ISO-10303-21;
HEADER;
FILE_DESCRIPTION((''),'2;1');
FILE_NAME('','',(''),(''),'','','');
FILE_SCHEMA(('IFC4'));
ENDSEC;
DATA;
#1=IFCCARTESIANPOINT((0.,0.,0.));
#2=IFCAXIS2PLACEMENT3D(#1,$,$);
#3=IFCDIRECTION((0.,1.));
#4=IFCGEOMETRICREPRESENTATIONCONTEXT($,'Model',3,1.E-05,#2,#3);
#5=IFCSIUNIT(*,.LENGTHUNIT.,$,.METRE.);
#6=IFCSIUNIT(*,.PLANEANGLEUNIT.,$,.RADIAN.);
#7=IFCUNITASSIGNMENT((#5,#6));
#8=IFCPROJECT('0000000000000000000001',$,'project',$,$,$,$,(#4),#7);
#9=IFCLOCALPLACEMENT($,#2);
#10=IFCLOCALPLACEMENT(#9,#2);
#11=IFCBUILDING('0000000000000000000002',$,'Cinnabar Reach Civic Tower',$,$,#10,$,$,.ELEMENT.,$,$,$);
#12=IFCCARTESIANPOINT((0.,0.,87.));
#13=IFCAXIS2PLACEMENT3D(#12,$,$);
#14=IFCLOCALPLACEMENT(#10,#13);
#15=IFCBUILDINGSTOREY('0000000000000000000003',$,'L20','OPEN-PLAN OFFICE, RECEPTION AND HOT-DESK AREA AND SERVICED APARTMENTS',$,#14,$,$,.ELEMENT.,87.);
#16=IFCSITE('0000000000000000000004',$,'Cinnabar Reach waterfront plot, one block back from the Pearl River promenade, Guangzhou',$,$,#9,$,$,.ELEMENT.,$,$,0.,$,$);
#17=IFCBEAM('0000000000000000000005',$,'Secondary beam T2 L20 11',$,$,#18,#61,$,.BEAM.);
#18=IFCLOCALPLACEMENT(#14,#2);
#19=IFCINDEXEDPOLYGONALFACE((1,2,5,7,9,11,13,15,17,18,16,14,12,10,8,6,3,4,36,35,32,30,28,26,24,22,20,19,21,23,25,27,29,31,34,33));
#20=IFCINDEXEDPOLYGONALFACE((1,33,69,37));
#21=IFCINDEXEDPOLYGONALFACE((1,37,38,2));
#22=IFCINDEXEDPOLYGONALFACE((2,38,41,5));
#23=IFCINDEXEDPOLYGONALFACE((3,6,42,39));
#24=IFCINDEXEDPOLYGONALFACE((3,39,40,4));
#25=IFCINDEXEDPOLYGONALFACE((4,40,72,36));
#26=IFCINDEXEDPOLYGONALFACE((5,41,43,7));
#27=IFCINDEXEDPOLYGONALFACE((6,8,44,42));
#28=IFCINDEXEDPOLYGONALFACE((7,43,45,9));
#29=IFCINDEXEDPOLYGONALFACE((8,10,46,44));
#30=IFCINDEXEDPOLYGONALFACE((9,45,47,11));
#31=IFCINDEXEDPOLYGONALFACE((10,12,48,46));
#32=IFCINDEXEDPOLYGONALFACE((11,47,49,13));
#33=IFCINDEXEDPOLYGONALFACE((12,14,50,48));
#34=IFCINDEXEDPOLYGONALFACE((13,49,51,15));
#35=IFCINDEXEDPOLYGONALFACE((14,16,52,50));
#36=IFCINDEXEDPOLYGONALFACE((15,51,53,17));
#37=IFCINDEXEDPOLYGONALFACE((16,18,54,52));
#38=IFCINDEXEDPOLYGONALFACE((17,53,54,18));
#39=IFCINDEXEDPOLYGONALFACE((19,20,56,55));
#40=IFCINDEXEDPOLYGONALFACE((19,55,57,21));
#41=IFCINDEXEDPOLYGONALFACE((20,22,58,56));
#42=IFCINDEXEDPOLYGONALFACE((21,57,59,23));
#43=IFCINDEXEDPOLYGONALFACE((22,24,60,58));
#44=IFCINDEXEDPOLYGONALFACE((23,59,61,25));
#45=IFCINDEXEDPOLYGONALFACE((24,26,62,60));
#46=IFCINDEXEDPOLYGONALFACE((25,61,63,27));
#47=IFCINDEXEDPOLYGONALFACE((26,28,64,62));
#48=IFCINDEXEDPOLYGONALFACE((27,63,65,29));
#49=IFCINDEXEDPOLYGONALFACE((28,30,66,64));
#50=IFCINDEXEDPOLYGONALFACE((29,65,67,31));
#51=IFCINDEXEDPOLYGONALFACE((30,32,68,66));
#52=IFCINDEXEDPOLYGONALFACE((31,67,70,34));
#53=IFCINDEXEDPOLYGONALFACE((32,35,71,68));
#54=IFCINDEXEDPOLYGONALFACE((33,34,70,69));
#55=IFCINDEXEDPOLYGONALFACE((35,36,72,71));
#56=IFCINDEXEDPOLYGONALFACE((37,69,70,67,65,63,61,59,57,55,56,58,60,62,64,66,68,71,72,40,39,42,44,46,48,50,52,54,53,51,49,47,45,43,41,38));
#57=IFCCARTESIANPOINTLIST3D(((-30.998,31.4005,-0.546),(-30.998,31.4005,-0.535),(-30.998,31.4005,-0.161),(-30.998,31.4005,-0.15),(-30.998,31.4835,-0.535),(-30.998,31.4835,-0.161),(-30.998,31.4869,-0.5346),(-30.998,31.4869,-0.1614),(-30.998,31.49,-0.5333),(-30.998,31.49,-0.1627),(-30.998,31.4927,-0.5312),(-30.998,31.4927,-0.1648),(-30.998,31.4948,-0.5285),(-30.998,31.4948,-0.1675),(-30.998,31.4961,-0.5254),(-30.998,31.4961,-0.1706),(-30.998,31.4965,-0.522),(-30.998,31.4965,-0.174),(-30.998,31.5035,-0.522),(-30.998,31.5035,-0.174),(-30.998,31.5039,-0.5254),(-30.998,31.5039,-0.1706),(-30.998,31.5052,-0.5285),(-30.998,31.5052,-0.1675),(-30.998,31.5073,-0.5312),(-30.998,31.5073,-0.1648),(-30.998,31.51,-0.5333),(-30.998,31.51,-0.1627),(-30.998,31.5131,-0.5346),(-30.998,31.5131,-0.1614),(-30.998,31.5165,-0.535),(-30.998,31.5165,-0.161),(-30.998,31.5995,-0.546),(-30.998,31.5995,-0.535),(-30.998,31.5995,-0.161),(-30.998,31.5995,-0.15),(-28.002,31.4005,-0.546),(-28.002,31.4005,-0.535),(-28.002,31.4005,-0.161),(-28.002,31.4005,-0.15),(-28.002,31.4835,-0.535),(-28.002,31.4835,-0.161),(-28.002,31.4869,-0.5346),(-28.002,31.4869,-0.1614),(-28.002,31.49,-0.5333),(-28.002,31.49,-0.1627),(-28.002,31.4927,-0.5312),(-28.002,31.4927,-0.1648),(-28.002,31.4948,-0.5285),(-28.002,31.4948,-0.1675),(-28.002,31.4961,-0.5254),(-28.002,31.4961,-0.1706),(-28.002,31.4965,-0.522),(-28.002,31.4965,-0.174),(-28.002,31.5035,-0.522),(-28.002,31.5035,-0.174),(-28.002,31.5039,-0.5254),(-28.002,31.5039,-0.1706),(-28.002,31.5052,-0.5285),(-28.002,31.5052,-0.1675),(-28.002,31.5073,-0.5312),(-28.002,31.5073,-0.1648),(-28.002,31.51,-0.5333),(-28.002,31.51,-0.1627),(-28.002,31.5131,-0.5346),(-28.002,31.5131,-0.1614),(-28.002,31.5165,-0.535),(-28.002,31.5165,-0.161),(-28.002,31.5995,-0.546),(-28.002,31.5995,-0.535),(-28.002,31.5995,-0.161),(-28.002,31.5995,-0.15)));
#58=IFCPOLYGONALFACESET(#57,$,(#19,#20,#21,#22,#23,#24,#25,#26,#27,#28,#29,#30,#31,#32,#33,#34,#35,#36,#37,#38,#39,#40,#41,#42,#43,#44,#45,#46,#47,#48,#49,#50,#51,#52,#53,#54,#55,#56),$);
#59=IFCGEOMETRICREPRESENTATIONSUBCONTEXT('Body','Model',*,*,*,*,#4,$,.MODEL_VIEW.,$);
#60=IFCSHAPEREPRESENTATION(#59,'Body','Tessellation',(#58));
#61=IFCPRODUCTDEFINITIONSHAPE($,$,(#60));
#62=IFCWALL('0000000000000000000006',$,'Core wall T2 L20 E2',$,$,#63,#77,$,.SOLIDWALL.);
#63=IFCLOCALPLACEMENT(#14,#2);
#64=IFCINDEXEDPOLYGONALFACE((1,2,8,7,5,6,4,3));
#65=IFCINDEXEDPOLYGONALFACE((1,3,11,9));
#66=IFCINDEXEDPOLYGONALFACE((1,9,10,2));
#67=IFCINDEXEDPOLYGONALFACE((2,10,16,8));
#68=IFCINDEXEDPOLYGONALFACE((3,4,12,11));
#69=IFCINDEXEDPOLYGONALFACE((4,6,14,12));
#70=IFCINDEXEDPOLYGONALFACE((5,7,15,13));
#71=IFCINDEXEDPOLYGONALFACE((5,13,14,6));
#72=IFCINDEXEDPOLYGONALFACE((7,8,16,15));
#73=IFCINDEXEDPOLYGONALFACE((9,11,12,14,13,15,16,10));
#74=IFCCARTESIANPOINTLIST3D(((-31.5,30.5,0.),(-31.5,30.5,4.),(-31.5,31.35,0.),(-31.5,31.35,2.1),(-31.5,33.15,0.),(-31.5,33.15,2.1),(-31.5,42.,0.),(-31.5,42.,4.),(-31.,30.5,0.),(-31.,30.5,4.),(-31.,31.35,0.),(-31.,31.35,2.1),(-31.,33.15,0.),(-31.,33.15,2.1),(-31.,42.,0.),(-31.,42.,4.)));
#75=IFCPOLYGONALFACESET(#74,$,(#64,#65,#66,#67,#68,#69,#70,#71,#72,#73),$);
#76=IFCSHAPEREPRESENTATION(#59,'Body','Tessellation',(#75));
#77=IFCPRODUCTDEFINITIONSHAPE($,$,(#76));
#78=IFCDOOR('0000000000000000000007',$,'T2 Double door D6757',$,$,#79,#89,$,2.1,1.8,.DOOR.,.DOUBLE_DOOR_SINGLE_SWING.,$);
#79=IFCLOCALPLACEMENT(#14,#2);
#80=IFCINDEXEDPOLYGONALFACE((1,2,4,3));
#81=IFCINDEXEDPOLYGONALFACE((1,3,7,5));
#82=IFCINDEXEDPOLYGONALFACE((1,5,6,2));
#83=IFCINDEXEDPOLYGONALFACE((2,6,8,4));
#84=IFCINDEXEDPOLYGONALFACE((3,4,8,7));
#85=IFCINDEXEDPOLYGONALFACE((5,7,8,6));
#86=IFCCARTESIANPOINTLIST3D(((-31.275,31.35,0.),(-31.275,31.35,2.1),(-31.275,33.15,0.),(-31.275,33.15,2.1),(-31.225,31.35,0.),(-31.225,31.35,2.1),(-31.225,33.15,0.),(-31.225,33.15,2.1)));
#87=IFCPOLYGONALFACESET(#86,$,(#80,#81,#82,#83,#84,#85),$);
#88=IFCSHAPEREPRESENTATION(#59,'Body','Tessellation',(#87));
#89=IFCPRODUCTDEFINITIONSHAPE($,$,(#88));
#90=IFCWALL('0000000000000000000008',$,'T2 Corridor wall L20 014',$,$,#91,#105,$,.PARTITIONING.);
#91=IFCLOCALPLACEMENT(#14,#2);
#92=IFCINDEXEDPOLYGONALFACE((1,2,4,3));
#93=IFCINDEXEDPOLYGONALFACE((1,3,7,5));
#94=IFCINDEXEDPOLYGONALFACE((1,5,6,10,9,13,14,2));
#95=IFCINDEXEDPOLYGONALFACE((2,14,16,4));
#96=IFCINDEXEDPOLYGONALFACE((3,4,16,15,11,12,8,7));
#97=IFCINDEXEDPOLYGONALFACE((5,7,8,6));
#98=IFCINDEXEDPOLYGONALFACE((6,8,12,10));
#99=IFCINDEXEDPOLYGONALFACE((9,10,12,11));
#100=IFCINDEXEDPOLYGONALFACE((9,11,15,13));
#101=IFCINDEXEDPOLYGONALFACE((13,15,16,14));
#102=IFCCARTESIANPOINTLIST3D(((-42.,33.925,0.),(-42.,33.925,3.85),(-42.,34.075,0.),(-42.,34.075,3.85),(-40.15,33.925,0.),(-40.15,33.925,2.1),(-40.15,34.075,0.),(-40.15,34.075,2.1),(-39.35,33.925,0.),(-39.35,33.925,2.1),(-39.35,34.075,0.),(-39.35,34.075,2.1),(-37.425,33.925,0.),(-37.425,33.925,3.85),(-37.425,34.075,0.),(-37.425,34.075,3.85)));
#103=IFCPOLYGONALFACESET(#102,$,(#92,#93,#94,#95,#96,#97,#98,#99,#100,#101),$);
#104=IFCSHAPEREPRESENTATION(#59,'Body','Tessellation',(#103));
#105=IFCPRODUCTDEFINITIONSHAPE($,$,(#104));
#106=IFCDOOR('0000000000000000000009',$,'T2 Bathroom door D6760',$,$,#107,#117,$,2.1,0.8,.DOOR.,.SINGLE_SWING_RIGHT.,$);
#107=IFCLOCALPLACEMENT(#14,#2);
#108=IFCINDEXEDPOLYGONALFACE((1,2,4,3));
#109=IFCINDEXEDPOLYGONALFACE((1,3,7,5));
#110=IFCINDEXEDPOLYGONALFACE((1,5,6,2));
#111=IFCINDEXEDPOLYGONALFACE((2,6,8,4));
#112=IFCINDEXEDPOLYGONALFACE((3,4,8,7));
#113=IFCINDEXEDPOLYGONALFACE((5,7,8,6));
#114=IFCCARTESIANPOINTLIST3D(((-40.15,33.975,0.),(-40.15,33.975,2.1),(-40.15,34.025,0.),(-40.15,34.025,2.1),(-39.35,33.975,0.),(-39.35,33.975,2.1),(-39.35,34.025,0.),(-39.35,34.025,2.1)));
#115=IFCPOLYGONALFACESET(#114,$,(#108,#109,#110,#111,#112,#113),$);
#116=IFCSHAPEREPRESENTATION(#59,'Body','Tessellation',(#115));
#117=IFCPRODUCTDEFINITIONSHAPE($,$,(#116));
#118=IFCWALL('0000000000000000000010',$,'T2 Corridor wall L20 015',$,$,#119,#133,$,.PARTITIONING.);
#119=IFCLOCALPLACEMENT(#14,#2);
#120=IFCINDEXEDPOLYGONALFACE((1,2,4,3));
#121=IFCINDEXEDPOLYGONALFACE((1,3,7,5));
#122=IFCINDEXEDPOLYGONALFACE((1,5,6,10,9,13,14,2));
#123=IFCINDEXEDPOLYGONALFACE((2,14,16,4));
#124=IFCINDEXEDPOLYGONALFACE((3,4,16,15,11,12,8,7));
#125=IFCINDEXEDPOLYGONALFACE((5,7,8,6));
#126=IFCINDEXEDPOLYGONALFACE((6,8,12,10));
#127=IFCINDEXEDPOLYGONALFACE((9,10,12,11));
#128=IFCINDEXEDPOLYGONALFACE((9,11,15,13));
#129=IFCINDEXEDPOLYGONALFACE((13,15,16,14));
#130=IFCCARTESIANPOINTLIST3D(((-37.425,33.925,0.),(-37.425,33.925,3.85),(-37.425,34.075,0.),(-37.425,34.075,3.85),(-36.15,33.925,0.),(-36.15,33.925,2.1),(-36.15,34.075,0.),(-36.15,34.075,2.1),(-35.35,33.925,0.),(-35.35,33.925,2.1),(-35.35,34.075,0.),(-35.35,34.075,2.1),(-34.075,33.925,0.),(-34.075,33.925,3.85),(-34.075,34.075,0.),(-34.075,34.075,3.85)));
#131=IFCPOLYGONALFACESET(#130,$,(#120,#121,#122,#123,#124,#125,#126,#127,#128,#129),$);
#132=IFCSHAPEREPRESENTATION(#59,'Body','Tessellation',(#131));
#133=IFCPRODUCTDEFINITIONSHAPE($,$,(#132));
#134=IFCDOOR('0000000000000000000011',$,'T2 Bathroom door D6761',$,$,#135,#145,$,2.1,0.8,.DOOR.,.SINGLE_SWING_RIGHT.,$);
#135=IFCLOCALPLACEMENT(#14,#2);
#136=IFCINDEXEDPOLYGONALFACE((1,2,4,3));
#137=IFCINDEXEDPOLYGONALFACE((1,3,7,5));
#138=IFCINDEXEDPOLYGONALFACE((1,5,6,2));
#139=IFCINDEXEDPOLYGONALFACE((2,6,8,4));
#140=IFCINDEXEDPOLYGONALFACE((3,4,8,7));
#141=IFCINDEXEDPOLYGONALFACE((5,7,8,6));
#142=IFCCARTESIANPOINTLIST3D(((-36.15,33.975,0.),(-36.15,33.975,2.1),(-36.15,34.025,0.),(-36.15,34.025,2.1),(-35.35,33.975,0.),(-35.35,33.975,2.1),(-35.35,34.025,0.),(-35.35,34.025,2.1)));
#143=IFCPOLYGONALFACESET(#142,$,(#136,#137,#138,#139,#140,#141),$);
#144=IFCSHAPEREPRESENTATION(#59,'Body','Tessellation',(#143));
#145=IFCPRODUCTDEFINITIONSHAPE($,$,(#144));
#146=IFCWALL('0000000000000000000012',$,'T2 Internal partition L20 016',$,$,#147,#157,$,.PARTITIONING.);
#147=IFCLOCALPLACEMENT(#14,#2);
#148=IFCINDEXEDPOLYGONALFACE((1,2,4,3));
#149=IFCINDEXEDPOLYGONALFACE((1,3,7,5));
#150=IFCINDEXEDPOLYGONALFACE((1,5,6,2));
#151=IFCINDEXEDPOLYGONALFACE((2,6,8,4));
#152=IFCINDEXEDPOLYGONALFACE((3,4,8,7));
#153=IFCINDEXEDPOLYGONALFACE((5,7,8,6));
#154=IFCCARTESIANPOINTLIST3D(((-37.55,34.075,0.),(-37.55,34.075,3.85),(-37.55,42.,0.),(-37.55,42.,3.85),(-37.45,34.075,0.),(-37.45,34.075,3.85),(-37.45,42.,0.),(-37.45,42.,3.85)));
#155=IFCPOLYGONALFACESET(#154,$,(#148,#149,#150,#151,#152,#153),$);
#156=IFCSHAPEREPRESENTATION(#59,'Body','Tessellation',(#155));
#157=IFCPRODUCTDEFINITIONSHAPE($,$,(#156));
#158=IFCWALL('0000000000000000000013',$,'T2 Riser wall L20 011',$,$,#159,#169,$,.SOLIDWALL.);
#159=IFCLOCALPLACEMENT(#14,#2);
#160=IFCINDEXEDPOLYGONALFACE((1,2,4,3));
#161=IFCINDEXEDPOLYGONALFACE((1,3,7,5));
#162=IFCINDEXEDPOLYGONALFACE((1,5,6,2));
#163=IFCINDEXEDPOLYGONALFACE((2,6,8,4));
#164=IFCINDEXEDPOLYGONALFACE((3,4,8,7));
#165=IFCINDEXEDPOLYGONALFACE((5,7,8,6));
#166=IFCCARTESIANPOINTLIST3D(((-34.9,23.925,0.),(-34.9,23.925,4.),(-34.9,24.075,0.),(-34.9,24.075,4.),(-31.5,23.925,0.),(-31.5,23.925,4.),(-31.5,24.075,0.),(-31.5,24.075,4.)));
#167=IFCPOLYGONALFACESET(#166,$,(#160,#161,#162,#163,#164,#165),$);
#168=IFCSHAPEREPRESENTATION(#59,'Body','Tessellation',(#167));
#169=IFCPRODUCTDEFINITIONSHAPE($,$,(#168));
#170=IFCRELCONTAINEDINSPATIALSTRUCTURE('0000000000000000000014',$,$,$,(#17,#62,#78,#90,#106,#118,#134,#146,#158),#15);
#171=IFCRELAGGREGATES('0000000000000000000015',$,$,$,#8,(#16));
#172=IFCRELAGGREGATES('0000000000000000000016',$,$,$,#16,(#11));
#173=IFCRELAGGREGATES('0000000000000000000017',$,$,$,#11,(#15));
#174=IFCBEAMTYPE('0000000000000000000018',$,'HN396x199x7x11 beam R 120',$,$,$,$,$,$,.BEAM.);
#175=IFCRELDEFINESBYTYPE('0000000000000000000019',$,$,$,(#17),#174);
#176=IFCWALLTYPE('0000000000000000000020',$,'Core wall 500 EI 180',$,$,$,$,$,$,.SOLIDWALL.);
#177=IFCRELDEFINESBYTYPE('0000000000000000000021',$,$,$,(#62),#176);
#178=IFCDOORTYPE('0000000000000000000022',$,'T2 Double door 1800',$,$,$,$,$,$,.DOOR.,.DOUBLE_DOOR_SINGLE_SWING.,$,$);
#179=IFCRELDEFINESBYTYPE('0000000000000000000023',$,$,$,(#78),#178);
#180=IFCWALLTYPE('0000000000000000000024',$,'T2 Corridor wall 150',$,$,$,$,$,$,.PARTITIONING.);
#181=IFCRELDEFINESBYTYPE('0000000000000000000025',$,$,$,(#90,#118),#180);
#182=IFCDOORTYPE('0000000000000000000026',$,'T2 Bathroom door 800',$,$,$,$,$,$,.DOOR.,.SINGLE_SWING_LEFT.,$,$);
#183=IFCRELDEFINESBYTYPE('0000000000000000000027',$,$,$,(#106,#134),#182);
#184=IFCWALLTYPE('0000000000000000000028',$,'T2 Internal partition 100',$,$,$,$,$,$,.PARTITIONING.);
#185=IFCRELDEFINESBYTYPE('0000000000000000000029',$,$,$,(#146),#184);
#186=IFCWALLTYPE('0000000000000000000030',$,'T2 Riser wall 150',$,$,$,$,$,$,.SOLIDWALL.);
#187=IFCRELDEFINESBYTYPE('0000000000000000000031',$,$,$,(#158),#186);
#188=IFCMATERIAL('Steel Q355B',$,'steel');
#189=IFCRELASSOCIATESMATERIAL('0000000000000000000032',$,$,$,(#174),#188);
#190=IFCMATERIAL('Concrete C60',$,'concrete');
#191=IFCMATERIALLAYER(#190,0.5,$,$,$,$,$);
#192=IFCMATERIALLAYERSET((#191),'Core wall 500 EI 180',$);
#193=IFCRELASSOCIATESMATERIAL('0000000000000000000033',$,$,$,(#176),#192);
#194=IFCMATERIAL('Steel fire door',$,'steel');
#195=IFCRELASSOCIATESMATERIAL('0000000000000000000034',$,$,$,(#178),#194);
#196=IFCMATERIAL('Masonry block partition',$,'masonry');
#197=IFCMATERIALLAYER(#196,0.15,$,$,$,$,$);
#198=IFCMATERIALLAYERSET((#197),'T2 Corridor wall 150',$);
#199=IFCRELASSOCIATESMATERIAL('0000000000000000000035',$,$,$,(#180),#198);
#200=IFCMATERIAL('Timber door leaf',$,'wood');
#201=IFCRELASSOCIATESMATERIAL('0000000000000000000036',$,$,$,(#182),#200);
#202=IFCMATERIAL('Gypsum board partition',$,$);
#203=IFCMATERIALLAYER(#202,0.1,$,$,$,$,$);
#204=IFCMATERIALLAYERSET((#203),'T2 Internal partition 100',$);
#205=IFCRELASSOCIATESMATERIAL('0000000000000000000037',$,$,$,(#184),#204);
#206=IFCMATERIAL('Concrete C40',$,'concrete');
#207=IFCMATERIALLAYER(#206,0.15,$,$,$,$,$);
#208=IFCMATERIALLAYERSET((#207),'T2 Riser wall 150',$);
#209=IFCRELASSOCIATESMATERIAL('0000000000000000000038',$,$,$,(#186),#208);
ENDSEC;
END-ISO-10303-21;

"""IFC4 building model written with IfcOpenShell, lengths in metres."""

from ifc_helpers import new_model, si_unit, direction, frame, frame_2d, origin, origin_2d, place, context, subcontext, project, spatial, rectangle, i_section, extrude, material, layer, layer_set, material_profile, profile_set, type_object, element, fill, save


model = new_model("IFC4")

# Units and contexts
model_context = context("Model", 3, precision=1e-05, world=origin(), true_north=direction((0.0, 1.0)))
body_context = subcontext(model_context, "Body", "Model", "MODEL_VIEW")
ifc_project = project(units=[si_unit("LENGTHUNIT", "METRE"), si_unit("PLANEANGLEUNIT", "RADIAN")], contexts=[model_context])

# Site, building, storey
site_placement = place(None, origin())
site = spatial("IfcSite", under=ifc_project, at=site_placement, Name="Cinnabar Reach waterfront plot, one block back from the Pearl River promenade, Guangzhou", CompositionType="ELEMENT", RefElevation=0.0)
building_placement = place(site_placement, origin())
building = spatial("IfcBuilding", under=site, at=building_placement, Name="Cinnabar Reach Civic Tower", CompositionType="ELEMENT")
storey_placement = place(building_placement, frame((0.0, 0.0, 87.0)))
storey = spatial("IfcBuildingStorey", under=building, at=storey_placement, Name="L20", Description="OPEN-PLAN OFFICE, RECEPTION AND HOT-DESK AREA AND SERVICED APARTMENTS", CompositionType="ELEMENT", Elevation=87.0)

# Beam
ifc_material_1 = material(Name="Steel Q355B", Category="steel")
ifc_material_profile = material_profile(ifc_material_1, i_section(OverallWidth=0.199, OverallDepth=0.396, WebThickness=0.007, FlangeThickness=0.011, FilletRadius=0.013, at=origin_2d()), Name="HN396x199x7x11")
ifc_profile_set = profile_set([ifc_material_profile], Name="Steel Q355B")
beam_type = type_object("IfcBeamType", Name="HN396x199x7x11 beam R 120", PredefinedType="BEAM", material=ifc_profile_set)
beam_placement = place(storey_placement, frame((-30.998, 31.5, -0.348), z_axis=(1.0, 0.0, 0.0), x_axis=(0.0, 1.0, 0.0)))
element("IfcBeam", 1, at=beam_placement, inside=storey, type_object=beam_type, Name="Secondary beam T2 L20 11", PredefinedType="BEAM", context=body_context, shape_type="SweptSolid", body=[
    extrude(i_section(OverallWidth=0.199, OverallDepth=0.396, WebThickness=0.007, FlangeThickness=0.011, FilletRadius=0.013, at=origin_2d()), origin(), (0.0, 0.0, 1.0), 2.996),
])

# Walls, openings, doors
ifc_material_2 = material(Name="Concrete C60", Category="concrete")
ifc_layer_1 = layer(ifc_material_2, 0.5)
ifc_layer_set_1 = layer_set([ifc_layer_1], Name="Core wall 500 EI 180")
wall_type_1 = type_object("IfcWallType", Name="Core wall 500 EI 180", PredefinedType="SOLIDWALL", material=ifc_layer_set_1)
wall_1_placement = place(storey_placement, frame((-31.25, 30.5, 0.0), z_axis=(0.0, 0.0, 1.0), x_axis=(0.0, 1.0, 0.0)))
wall_1 = element("IfcWall", 2, at=wall_1_placement, inside=storey, type_object=wall_type_1, Name="Core wall T2 L20 E2", PredefinedType="SOLIDWALL", context=body_context, shape_type="SweptSolid", body=[
    extrude(rectangle(XDim=11.5, YDim=0.5, at=frame_2d((5.75, 0.0))), origin(), (0.0, 0.0, 1.0), 4.0),
])
opening_1_placement = place(wall_1_placement, frame((0.85, 0.0, 0.0)))
opening_1 = element("IfcOpeningElement", 3, at=opening_1_placement, cuts=wall_1, PredefinedType="OPENING", context=body_context, shape_type="SweptSolid", body=[
    extrude(rectangle(XDim=1.8, YDim=2.1, at=frame_2d((0.9, 1.05))), frame((0.0, 0.26, 0.0), z_axis=(0.0, -1.0, 0.0), x_axis=(1.0, 0.0, 0.0)), (0.0, 0.0, 1.0), 0.52),
])
ifc_material_3 = material(Name="Steel fire door", Category="steel")
door_type_1 = type_object("IfcDoorType", Name="T2 Double door 1800", OperationType="DOUBLE_DOOR_SINGLE_SWING", PredefinedType="DOOR", material=ifc_material_3)
door_1_placement = place(opening_1_placement, origin())
door_1 = element("IfcDoor", 4, at=door_1_placement, inside=storey, type_object=door_type_1, Name="T2 Double door D6757", OperationType="DOUBLE_DOOR_SINGLE_SWING", OverallHeight=2.1, OverallWidth=1.8, PredefinedType="DOOR", context=body_context, shape_type="SweptSolid", body=[
    extrude(rectangle(XDim=1.8, YDim=2.1, at=frame_2d((0.9, 1.05))), frame((0.0, 0.025, 0.0), z_axis=(0.0, -1.0, 0.0), x_axis=(1.0, 0.0, 0.0)), (0.0, 0.0, 1.0), 0.05),
])
fill(opening_1, door_1)
ifc_material_4 = material(Name="Masonry block partition", Category="masonry")
ifc_layer_2 = layer(ifc_material_4, 0.15)
ifc_layer_set_2 = layer_set([ifc_layer_2], Name="T2 Corridor wall 150")
wall_type_2 = type_object("IfcWallType", Name="T2 Corridor wall 150", PredefinedType="PARTITIONING", material=ifc_layer_set_2)
wall_2_placement = place(storey_placement, frame((-37.425, 34.0, 0.0), z_axis=(0.0, 0.0, 1.0), x_axis=(-1.0, 0.0, 0.0)))
wall_2 = element("IfcWall", 5, at=wall_2_placement, inside=storey, type_object=wall_type_2, Name="T2 Corridor wall L20 014", PredefinedType="PARTITIONING", context=body_context, shape_type="SweptSolid", body=[
    extrude(rectangle(XDim=4.575, YDim=0.15, at=frame_2d((2.2875, 0.0))), origin(), (0.0, 0.0, 1.0), 3.85),
])
opening_2_placement = place(wall_2_placement, frame((1.925, 0.0, 0.0)))
opening_2 = element("IfcOpeningElement", 6, at=opening_2_placement, cuts=wall_2, PredefinedType="OPENING", context=body_context, shape_type="SweptSolid", body=[
    extrude(rectangle(XDim=0.8, YDim=2.1, at=frame_2d((0.4, 1.05))), frame((0.0, 0.085, 0.0), z_axis=(0.0, -1.0, 0.0), x_axis=(1.0, 0.0, 0.0)), (0.0, 0.0, 1.0), 0.17),
])
ifc_material_5 = material(Name="Timber door leaf", Category="wood")
door_type_2 = type_object("IfcDoorType", Name="T2 Bathroom door 800", OperationType="SINGLE_SWING_LEFT", PredefinedType="DOOR", material=ifc_material_5)
door_2_placement = place(opening_2_placement, frame((0.8, 0.0, 0.0), z_axis=(0.0, 0.0, 1.0), x_axis=(-1.0, 0.0, 0.0)))
door_2 = element("IfcDoor", 7, at=door_2_placement, inside=storey, type_object=door_type_2, Name="T2 Bathroom door D6760", OperationType="SINGLE_SWING_RIGHT", OverallHeight=2.1, OverallWidth=0.8, PredefinedType="DOOR", context=body_context, shape_type="SweptSolid", body=[
    extrude(rectangle(XDim=0.8, YDim=2.1, at=frame_2d((0.4, 1.05))), frame((0.0, 0.025, 0.0), z_axis=(0.0, -1.0, 0.0), x_axis=(1.0, 0.0, 0.0)), (0.0, 0.0, 1.0), 0.05),
])
fill(opening_2, door_2)
wall_3_placement = place(storey_placement, frame((-34.075, 34.0, 0.0), z_axis=(0.0, 0.0, 1.0), x_axis=(-1.0, 0.0, 0.0)))
wall_3 = element("IfcWall", 8, at=wall_3_placement, inside=storey, type_object=wall_type_2, Name="T2 Corridor wall L20 015", PredefinedType="PARTITIONING", context=body_context, shape_type="SweptSolid", body=[
    extrude(rectangle(XDim=3.35, YDim=0.15, at=frame_2d((1.675, 0.0))), origin(), (0.0, 0.0, 1.0), 3.85),
])
opening_3_placement = place(wall_3_placement, frame((1.275, 0.0, 0.0)))
opening_3 = element("IfcOpeningElement", 9, at=opening_3_placement, cuts=wall_3, PredefinedType="OPENING", context=body_context, shape_type="SweptSolid", body=[
    extrude(rectangle(XDim=0.8, YDim=2.1, at=frame_2d((0.4, 1.05))), frame((0.0, 0.085, 0.0), z_axis=(0.0, -1.0, 0.0), x_axis=(1.0, 0.0, 0.0)), (0.0, 0.0, 1.0), 0.17),
])
door_3_placement = place(opening_3_placement, frame((0.8, 0.0, 0.0), z_axis=(0.0, 0.0, 1.0), x_axis=(-1.0, 0.0, 0.0)))
door_3 = element("IfcDoor", 10, at=door_3_placement, inside=storey, type_object=door_type_2, Name="T2 Bathroom door D6761", OperationType="SINGLE_SWING_RIGHT", OverallHeight=2.1, OverallWidth=0.8, PredefinedType="DOOR", context=body_context, shape_type="SweptSolid", body=[
    extrude(rectangle(XDim=0.8, YDim=2.1, at=frame_2d((0.4, 1.05))), frame((0.0, 0.025, 0.0), z_axis=(0.0, -1.0, 0.0), x_axis=(1.0, 0.0, 0.0)), (0.0, 0.0, 1.0), 0.05),
])
fill(opening_3, door_3)

# Walls
ifc_material_6 = material(Name="Gypsum board partition")
ifc_layer_3 = layer(ifc_material_6, 0.1)
ifc_layer_set_3 = layer_set([ifc_layer_3], Name="T2 Internal partition 100")
wall_type_3 = type_object("IfcWallType", Name="T2 Internal partition 100", PredefinedType="PARTITIONING", material=ifc_layer_set_3)
wall_4_placement = place(storey_placement, frame((-37.5, 34.075, 0.0), z_axis=(0.0, 0.0, 1.0), x_axis=(0.0, 1.0, 0.0)))
element("IfcWall", 11, at=wall_4_placement, inside=storey, type_object=wall_type_3, Name="T2 Internal partition L20 016", PredefinedType="PARTITIONING", context=body_context, shape_type="SweptSolid", body=[
    extrude(rectangle(XDim=7.925, YDim=0.1, at=frame_2d((3.9625, 0.0))), origin(), (0.0, 0.0, 1.0), 3.85),
])
ifc_material_7 = material(Name="Concrete C40", Category="concrete")
ifc_layer_4 = layer(ifc_material_7, 0.15)
ifc_layer_set_4 = layer_set([ifc_layer_4], Name="T2 Riser wall 150")
wall_type_4 = type_object("IfcWallType", Name="T2 Riser wall 150", PredefinedType="SOLIDWALL", material=ifc_layer_set_4)
wall_5_placement = place(storey_placement, frame((-31.5, 24.0, 0.0), z_axis=(0.0, 0.0, 1.0), x_axis=(-1.0, 0.0, 0.0)))
element("IfcWall", 12, at=wall_5_placement, inside=storey, type_object=wall_type_4, Name="T2 Riser wall L20 011", PredefinedType="SOLIDWALL", context=body_context, shape_type="SweptSolid", body=[
    extrude(rectangle(XDim=3.4, YDim=0.15, at=frame_2d((1.7, 0.0))), origin(), (0.0, 0.0, 1.0), 4.0),
])

save(model, "model.ifc")
